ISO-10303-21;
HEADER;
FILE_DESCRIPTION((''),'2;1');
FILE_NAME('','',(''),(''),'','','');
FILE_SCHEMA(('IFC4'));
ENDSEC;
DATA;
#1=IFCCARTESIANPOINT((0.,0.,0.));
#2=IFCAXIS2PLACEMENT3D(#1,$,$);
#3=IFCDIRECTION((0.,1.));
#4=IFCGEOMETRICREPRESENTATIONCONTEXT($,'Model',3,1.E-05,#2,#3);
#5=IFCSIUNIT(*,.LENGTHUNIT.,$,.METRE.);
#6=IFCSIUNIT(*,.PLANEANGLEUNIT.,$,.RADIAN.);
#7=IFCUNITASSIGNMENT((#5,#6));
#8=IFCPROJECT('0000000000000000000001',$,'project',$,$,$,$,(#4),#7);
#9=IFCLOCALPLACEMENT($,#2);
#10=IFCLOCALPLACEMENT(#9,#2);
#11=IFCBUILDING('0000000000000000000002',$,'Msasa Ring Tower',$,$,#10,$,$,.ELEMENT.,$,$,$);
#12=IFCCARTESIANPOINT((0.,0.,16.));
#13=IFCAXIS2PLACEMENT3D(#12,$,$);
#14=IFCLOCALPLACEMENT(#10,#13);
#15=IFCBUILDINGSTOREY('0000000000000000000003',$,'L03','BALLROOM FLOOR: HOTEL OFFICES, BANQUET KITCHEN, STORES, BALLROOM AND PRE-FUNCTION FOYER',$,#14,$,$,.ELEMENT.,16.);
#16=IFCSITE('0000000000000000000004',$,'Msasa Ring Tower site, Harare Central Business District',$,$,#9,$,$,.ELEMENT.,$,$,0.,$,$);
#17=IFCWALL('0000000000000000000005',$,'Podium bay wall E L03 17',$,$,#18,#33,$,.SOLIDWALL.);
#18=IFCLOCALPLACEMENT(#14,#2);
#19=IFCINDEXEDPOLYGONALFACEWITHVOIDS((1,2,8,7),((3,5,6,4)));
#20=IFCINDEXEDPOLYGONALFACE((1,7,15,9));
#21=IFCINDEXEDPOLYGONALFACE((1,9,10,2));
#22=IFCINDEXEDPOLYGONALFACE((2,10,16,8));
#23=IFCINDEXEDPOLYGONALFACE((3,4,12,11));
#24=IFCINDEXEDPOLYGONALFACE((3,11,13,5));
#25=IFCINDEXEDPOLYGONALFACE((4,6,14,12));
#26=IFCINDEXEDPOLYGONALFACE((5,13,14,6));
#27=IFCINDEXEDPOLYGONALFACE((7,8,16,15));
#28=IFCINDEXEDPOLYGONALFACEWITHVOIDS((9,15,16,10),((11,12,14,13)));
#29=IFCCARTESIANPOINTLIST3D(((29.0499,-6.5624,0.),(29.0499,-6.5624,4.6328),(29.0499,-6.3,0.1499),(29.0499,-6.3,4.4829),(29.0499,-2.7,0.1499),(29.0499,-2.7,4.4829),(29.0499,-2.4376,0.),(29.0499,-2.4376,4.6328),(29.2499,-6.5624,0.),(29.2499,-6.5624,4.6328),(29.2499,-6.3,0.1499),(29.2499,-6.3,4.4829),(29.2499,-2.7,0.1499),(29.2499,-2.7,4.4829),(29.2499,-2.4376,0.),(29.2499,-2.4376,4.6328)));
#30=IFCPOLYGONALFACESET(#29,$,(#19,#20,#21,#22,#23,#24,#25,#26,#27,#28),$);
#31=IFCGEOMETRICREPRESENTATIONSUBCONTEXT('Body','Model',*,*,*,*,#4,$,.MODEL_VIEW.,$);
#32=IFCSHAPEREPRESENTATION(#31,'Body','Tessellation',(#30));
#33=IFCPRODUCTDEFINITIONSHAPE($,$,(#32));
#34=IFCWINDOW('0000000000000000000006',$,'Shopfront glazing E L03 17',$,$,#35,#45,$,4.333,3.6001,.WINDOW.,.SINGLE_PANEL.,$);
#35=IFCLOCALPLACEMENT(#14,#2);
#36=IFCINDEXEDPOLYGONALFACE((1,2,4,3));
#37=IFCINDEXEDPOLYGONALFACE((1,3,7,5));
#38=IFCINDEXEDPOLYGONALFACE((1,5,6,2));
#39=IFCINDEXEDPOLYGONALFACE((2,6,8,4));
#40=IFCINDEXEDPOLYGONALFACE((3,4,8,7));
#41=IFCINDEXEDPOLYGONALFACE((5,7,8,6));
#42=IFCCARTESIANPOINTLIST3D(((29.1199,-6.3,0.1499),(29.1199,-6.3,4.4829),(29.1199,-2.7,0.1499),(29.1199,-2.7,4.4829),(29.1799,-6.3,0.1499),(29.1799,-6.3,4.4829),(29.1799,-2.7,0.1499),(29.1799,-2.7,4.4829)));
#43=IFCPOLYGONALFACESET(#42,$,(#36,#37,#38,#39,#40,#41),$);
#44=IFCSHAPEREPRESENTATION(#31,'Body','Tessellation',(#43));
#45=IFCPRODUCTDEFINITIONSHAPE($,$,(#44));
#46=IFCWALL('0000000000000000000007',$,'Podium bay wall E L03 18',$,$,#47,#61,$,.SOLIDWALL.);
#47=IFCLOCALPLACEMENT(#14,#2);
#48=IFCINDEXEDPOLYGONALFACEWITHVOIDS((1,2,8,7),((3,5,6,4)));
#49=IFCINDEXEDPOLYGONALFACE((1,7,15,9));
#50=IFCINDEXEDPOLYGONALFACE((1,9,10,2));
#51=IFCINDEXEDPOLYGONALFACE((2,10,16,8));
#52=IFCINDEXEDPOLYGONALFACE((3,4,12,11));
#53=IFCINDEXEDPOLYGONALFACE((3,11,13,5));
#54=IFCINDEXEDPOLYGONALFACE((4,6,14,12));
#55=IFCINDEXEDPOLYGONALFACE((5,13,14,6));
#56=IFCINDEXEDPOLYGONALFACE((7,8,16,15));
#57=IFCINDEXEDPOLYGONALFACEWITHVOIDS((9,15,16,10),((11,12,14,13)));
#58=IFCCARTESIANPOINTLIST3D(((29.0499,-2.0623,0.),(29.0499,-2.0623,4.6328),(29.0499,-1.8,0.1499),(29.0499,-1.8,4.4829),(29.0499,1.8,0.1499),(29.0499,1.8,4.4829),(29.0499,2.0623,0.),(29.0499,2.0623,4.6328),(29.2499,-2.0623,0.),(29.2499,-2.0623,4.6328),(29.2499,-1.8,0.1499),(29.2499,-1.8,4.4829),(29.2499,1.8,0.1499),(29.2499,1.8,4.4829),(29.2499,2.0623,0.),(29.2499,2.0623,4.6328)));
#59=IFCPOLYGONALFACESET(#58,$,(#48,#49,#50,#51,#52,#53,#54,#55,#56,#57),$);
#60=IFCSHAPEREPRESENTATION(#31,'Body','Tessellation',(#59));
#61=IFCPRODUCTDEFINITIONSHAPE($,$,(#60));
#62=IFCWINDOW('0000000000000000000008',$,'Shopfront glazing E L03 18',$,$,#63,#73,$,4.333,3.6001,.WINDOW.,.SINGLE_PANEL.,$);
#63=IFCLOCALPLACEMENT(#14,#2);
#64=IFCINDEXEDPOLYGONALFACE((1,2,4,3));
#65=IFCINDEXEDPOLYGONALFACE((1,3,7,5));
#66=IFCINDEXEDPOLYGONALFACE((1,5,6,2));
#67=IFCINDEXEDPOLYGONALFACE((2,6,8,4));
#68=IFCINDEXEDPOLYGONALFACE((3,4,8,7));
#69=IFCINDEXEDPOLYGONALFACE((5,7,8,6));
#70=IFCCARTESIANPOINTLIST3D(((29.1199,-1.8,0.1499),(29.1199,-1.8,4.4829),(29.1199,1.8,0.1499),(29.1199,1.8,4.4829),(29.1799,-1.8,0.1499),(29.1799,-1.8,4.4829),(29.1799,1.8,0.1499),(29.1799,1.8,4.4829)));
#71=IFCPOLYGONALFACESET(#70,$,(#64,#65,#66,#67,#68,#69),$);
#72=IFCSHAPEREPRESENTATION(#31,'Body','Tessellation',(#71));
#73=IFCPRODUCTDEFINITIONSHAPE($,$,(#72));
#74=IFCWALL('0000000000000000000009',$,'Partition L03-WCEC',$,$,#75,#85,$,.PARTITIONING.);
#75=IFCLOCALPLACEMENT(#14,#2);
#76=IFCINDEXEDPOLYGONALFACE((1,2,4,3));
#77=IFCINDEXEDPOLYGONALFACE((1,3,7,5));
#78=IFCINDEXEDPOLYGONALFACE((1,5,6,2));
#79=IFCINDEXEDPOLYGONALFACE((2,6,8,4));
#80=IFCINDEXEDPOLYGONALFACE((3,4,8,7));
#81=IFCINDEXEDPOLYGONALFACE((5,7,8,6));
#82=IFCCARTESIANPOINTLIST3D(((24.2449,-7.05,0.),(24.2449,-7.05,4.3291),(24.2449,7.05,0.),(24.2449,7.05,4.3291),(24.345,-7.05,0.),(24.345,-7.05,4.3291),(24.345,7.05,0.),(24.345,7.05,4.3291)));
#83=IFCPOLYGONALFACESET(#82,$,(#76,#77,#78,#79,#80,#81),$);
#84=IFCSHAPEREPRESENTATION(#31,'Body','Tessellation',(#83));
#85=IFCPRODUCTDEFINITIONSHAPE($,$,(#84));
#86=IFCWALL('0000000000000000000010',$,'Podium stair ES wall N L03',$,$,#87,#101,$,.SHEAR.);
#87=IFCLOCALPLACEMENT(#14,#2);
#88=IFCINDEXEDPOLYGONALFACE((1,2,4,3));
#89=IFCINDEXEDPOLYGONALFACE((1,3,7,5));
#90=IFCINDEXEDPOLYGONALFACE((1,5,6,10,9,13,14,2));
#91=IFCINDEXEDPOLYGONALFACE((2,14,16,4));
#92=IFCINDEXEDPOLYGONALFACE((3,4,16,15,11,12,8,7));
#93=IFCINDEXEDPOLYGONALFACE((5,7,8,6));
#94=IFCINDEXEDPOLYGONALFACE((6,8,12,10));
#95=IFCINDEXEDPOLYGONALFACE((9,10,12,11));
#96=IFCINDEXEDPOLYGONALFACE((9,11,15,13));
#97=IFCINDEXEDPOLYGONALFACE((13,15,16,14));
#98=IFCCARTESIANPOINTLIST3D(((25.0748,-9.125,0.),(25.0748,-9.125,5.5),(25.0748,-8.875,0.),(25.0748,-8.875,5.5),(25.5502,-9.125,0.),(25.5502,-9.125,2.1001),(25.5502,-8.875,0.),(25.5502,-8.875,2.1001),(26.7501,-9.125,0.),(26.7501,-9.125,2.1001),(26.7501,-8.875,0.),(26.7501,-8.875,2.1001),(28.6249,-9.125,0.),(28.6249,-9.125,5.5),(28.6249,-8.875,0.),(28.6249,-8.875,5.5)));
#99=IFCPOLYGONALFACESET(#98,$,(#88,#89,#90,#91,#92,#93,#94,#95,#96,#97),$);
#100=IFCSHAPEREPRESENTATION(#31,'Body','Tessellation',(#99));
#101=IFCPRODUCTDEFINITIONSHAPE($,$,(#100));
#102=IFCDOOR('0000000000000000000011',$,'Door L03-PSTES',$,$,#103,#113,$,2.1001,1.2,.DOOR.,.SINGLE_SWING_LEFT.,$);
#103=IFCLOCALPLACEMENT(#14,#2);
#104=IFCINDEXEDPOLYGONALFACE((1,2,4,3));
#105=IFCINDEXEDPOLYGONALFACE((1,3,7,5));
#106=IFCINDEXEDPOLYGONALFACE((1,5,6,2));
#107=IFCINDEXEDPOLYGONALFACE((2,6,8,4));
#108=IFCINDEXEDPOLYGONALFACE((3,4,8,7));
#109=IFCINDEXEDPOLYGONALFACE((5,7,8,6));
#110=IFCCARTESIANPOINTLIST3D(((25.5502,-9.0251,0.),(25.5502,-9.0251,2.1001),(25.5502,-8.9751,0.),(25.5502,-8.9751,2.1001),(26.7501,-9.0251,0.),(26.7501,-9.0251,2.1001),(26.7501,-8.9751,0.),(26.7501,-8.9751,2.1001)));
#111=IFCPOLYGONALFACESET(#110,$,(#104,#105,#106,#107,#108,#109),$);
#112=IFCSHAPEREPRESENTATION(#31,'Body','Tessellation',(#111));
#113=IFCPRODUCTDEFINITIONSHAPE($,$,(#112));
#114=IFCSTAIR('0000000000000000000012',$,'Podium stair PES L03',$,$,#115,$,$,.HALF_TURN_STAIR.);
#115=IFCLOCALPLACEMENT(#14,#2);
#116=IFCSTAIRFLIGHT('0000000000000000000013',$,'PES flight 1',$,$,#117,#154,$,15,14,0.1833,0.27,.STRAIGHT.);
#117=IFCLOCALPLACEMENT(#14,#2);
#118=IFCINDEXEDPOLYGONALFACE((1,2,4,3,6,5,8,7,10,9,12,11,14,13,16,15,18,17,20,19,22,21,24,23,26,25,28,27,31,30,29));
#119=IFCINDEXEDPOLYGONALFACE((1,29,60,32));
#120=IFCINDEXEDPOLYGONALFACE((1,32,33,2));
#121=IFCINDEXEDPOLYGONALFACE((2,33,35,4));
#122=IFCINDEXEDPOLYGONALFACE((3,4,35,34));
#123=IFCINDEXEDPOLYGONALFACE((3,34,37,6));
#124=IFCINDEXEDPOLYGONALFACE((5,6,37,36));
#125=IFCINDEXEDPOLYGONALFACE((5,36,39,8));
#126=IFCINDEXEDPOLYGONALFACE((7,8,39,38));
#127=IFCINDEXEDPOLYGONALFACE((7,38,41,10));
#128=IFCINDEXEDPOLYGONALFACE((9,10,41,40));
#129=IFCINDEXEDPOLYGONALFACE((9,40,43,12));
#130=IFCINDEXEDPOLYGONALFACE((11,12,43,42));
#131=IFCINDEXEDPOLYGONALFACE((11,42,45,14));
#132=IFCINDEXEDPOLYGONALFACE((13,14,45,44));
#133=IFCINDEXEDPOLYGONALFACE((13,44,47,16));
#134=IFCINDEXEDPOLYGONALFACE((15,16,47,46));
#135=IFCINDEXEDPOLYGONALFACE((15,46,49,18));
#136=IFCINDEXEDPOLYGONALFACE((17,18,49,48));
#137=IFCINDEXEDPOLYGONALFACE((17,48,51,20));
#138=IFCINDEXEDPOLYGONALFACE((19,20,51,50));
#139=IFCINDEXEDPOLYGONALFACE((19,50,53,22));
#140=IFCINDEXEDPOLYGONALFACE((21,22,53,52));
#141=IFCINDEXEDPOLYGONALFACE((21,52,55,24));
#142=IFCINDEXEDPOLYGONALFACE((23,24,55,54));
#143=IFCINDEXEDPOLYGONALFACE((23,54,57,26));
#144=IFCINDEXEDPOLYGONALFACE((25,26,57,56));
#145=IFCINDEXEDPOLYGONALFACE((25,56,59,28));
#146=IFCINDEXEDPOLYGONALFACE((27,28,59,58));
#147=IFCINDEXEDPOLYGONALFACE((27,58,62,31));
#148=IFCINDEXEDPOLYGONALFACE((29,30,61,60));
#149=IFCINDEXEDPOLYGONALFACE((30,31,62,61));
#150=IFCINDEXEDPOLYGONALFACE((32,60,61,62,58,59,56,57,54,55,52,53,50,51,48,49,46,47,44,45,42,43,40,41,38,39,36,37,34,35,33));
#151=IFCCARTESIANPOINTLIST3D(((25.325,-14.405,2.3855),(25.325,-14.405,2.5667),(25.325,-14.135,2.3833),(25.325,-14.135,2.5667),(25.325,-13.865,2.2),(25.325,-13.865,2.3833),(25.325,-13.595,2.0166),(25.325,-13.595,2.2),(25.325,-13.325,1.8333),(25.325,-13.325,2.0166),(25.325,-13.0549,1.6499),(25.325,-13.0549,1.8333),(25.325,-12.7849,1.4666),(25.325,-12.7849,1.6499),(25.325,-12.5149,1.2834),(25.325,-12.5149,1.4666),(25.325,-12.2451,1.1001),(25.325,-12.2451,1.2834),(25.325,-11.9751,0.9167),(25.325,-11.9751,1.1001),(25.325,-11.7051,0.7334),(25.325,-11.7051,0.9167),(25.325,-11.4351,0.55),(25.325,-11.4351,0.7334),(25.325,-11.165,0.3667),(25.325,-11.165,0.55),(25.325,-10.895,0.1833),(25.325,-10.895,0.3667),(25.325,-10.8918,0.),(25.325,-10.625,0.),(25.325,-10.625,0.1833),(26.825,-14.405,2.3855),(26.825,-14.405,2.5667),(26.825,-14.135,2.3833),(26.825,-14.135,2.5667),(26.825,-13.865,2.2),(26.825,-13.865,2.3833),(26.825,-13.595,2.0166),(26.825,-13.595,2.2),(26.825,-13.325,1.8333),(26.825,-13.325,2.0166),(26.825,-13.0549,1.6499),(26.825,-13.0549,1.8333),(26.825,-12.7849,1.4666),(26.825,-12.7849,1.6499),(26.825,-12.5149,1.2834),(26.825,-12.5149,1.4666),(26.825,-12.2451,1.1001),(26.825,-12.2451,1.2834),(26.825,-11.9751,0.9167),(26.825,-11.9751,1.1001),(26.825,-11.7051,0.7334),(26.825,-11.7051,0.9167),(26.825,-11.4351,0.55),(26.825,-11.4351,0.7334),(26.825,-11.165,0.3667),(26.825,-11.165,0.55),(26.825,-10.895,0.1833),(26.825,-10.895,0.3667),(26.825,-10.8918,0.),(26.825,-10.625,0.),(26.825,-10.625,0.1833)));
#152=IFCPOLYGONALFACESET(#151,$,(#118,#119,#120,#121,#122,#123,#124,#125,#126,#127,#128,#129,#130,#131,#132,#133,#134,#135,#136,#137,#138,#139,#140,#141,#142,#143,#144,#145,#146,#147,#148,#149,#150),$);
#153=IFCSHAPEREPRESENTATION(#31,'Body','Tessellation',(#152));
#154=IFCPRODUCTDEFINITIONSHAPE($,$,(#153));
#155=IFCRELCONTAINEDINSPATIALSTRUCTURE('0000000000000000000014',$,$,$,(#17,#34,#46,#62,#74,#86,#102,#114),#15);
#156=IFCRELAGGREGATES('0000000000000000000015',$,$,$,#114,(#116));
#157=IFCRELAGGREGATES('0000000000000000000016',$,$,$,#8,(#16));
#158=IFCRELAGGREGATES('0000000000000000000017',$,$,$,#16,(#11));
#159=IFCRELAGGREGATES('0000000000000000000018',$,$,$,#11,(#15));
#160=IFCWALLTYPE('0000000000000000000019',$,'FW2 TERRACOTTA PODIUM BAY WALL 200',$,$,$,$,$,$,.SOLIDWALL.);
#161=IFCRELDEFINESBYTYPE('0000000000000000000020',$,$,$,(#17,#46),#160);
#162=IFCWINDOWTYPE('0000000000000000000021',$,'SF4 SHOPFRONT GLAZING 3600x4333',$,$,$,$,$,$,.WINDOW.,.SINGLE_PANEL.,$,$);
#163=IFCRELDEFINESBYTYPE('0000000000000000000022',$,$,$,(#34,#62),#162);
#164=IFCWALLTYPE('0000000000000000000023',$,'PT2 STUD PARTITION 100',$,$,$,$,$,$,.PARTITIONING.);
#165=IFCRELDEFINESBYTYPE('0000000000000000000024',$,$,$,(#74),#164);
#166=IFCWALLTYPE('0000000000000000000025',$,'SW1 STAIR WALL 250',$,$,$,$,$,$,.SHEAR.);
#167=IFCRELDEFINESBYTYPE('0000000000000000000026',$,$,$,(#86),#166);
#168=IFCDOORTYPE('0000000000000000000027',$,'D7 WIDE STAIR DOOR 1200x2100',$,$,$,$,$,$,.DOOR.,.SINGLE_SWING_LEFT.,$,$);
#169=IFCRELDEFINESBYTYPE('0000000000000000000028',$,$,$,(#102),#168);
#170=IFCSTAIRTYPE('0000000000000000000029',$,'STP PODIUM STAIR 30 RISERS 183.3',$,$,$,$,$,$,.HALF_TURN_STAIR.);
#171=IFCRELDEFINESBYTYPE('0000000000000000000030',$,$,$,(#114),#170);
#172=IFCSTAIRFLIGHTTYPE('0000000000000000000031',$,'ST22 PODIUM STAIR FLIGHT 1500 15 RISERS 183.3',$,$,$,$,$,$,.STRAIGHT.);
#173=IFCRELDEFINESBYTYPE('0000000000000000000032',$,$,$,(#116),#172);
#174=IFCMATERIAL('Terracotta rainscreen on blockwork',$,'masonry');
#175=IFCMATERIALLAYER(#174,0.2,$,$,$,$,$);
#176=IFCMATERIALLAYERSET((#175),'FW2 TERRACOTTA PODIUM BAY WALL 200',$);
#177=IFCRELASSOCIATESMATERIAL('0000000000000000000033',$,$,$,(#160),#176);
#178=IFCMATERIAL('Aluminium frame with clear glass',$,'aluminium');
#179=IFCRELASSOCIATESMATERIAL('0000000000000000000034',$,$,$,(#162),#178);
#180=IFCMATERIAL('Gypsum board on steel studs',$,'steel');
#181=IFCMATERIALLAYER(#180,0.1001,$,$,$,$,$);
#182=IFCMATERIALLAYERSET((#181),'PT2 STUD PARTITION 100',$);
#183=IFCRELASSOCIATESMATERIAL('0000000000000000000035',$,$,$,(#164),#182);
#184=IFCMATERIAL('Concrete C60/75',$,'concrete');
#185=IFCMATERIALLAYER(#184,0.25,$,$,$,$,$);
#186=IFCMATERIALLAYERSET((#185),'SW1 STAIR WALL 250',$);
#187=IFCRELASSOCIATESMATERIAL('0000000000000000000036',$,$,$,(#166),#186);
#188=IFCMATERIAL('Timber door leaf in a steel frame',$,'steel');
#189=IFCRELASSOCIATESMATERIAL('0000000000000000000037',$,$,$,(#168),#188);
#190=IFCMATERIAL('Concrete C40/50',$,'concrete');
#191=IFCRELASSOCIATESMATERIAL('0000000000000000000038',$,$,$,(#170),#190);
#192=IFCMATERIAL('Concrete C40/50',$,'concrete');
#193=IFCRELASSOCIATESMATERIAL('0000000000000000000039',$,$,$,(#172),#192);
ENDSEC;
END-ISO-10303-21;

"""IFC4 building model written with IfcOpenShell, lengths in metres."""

from ifc_helpers import new_model, si_unit, direction, frame, frame_2d, origin, place, context, subcontext, project, spatial, polyline, rectangle, outline, extrude, material, layer, layer_set, type_object, element, fill, aggregate, save


model = new_model("IFC4")

# Units and contexts
model_context = context("Model", 3, precision=1e-05, world=origin(), true_north=direction((0.0, 1.0)))
body_context = subcontext(model_context, "Body", "Model", "MODEL_VIEW")
ifc_project = project(units=[si_unit("LENGTHUNIT", "METRE"), si_unit("PLANEANGLEUNIT", "RADIAN")], contexts=[model_context])

# Site, building, storey
site_placement = place(None, origin())
site = spatial("IfcSite", under=ifc_project, at=site_placement, Name="Msasa Ring Tower site, Harare Central Business District", CompositionType="ELEMENT", RefElevation=0.0)
building_placement = place(site_placement, origin())
building = spatial("IfcBuilding", under=site, at=building_placement, Name="Msasa Ring Tower", CompositionType="ELEMENT")
storey_placement = place(building_placement, frame((0.0, 0.0, 16.0)))
storey = spatial("IfcBuildingStorey", under=building, at=storey_placement, Name="L03", Description="BALLROOM FLOOR: HOTEL OFFICES, BANQUET KITCHEN, STORES, BALLROOM AND PRE-FUNCTION FOYER", CompositionType="ELEMENT", Elevation=16.0)

# Walls, openings, windows
ifc_material_1 = material(Name="Terracotta rainscreen on blockwork", Category="masonry")
ifc_layer_1 = layer(ifc_material_1, 0.2)
ifc_layer_set_1 = layer_set([ifc_layer_1], Name="FW2 TERRACOTTA PODIUM BAY WALL 200")
wall_type_1 = type_object("IfcWallType", Name="FW2 TERRACOTTA PODIUM BAY WALL 200", PredefinedType="SOLIDWALL", material=ifc_layer_set_1)
ifc_material_2 = material(Name="Aluminium frame with clear glass", Category="aluminium")
window_type = type_object("IfcWindowType", Name="SF4 SHOPFRONT GLAZING 3600x4333", PartitioningType="SINGLE_PANEL", PredefinedType="WINDOW", material=ifc_material_2)
wall_1_placement = place(storey_placement, frame((29.1499, -6.5625, 0.0), z_axis=(0.0, 0.0, 1.0), x_axis=(0.0, 1.0, 0.0)))
wall_1 = element("IfcWall", 1, at=wall_1_placement, inside=storey, type_object=wall_type_1, Name="Podium bay wall E L03 17", PredefinedType="SOLIDWALL", context=body_context, shape_type="SweptSolid", body=[
    extrude(rectangle(XDim=4.1248, YDim=0.2, at=frame_2d((2.0625, 0.0))), origin(), (0.0, 0.0, 1.0), 4.6328),
])
opening_1_placement = place(wall_1_placement, frame((0.2625, 0.0, 0.1499)))
opening_1 = element("IfcOpeningElement", 2, at=opening_1_placement, cuts=wall_1, PredefinedType="OPENING", context=body_context, shape_type="SweptSolid", body=[
    extrude(rectangle(XDim=3.6001, YDim=4.333, at=frame_2d((1.8, 2.1665))), frame((0.0, 0.1099, 0.0), z_axis=(0.0, -1.0, 0.0), x_axis=(1.0, 0.0, 0.0)), (0.0, 0.0, 1.0), 0.22),
])
window_1_placement = place(opening_1_placement, origin())
window_1 = element("IfcWindow", 3, at=window_1_placement, inside=storey, type_object=window_type, Name="Shopfront glazing E L03 17", OverallHeight=4.333, OverallWidth=3.6001, PartitioningType="SINGLE_PANEL", PredefinedType="WINDOW", context=body_context, shape_type="SweptSolid", body=[
    extrude(rectangle(XDim=3.6001, YDim=4.333, at=frame_2d((1.8, 2.1665))), frame((0.0, 0.03, 0.0), z_axis=(0.0, -1.0, 0.0), x_axis=(1.0, 0.0, 0.0)), (0.0, 0.0, 1.0), 0.0601),
])
fill(opening_1, window_1)
wall_2_placement = place(storey_placement, frame((29.1499, -2.0623, 0.0), z_axis=(0.0, 0.0, 1.0), x_axis=(0.0, 1.0, 0.0)))
wall_2 = element("IfcWall", 4, at=wall_2_placement, inside=storey, type_object=wall_type_1, Name="Podium bay wall E L03 18", PredefinedType="SOLIDWALL", context=body_context, shape_type="SweptSolid", body=[
    extrude(rectangle(XDim=4.1245, YDim=0.2, at=frame_2d((2.0623, 0.0))), origin(), (0.0, 0.0, 1.0), 4.6328),
])
opening_2_placement = place(wall_2_placement, frame((0.2622, 0.0, 0.1499)))
opening_2 = element("IfcOpeningElement", 5, at=opening_2_placement, cuts=wall_2, PredefinedType="OPENING", context=body_context, shape_type="SweptSolid", body=[
    extrude(rectangle(XDim=3.6001, YDim=4.333, at=frame_2d((1.8, 2.1665))), frame((0.0, 0.1099, 0.0), z_axis=(0.0, -1.0, 0.0), x_axis=(1.0, 0.0, 0.0)), (0.0, 0.0, 1.0), 0.22),
])
window_2_placement = place(opening_2_placement, origin())
window_2 = element("IfcWindow", 6, at=window_2_placement, inside=storey, type_object=window_type, Name="Shopfront glazing E L03 18", OverallHeight=4.333, OverallWidth=3.6001, PartitioningType="SINGLE_PANEL", PredefinedType="WINDOW", context=body_context, shape_type="SweptSolid", body=[
    extrude(rectangle(XDim=3.6001, YDim=4.333, at=frame_2d((1.8, 2.1665))), frame((0.0, 0.03, 0.0), z_axis=(0.0, -1.0, 0.0), x_axis=(1.0, 0.0, 0.0)), (0.0, 0.0, 1.0), 0.0601),
])
fill(opening_2, window_2)

# Wall
ifc_material_3 = material(Name="Gypsum board on steel studs", Category="steel")
ifc_layer_2 = layer(ifc_material_3, 0.1001)
ifc_layer_set_2 = layer_set([ifc_layer_2], Name="PT2 STUD PARTITION 100")
wall_type_2 = type_object("IfcWallType", Name="PT2 STUD PARTITION 100", PredefinedType="PARTITIONING", material=ifc_layer_set_2)
wall_3_placement = place(storey_placement, frame((24.2949, -7.05, 0.0), z_axis=(0.0, 0.0, 1.0), x_axis=(0.0, 1.0, 0.0)))
element("IfcWall", 7, at=wall_3_placement, inside=storey, type_object=wall_type_2, Name="Partition L03-WCEC", PredefinedType="PARTITIONING", context=body_context, shape_type="SweptSolid", body=[
    extrude(rectangle(XDim=14.1001, YDim=0.1001, at=frame_2d((7.05, 0.0))), origin(), (0.0, 0.0, 1.0), 4.3291),
])

# Wall, opening, door
ifc_material_4 = material(Name="Concrete C60/75", Category="concrete")
ifc_layer_3 = layer(ifc_material_4, 0.25)
ifc_layer_set_3 = layer_set([ifc_layer_3], Name="SW1 STAIR WALL 250")
wall_type_3 = type_object("IfcWallType", Name="SW1 STAIR WALL 250", PredefinedType="SHEAR", material=ifc_layer_set_3)
wall_4_placement = place(storey_placement, frame((25.075, -9.0, 0.0), z_axis=(0.0, 0.0, 1.0), x_axis=(1.0, 0.0, 0.0)))
wall_4 = element("IfcWall", 8, at=wall_4_placement, inside=storey, type_object=wall_type_3, Name="Podium stair ES wall N L03", PredefinedType="SHEAR", context=body_context, shape_type="SweptSolid", body=[
    extrude(rectangle(XDim=3.55, YDim=0.25, at=frame_2d((1.7749, 0.0))), origin(), (0.0, 0.0, 1.0), 5.5),
])
opening_3_placement = place(wall_4_placement, frame((0.4751, 0.0, 0.0)))
opening_3 = element("IfcOpeningElement", 9, at=opening_3_placement, cuts=wall_4, PredefinedType="OPENING", context=body_context, shape_type="SweptSolid", body=[
    extrude(rectangle(XDim=1.2, YDim=2.1001, at=frame_2d((0.6001, 1.05))), frame((0.0, 0.135, 0.0), z_axis=(0.0, -1.0, 0.0), x_axis=(1.0, 0.0, 0.0)), (0.0, 0.0, 1.0), 0.27),
])
ifc_material_5 = material(Name="Timber door leaf in a steel frame", Category="steel")
door_type = type_object("IfcDoorType", Name="D7 WIDE STAIR DOOR 1200x2100", OperationType="SINGLE_SWING_LEFT", PredefinedType="DOOR", material=ifc_material_5)
door_placement = place(opening_3_placement, origin())
door = element("IfcDoor", 10, at=door_placement, inside=storey, type_object=door_type, Name="Door L03-PSTES", OperationType="SINGLE_SWING_LEFT", OverallHeight=2.1001, OverallWidth=1.2, PredefinedType="DOOR", context=body_context, shape_type="SweptSolid", body=[
    extrude(rectangle(XDim=1.2, YDim=2.1001, at=frame_2d((0.6001, 1.05))), frame((0.0, 0.0249, 0.0), z_axis=(0.0, -1.0, 0.0), x_axis=(1.0, 0.0, 0.0)), (0.0, 0.0, 1.0), 0.05),
])
fill(opening_3, door)

# Stair, stair flight
ifc_material_6 = material(Name="Concrete C40/50", Category="concrete")
stair_type = type_object("IfcStairType", Name="STP PODIUM STAIR 30 RISERS 183.3", PredefinedType="HALF_TURN_STAIR", material=ifc_material_6)
stair_placement = place(storey_placement, origin())
stair = element("IfcStair", 11, at=stair_placement, inside=storey, type_object=stair_type, Name="Podium stair PES L03", PredefinedType="HALF_TURN_STAIR")
ifc_material_7 = material(Name="Concrete C40/50", Category="concrete")
stair_flight_type = type_object("IfcStairFlightType", Name="ST22 PODIUM STAIR FLIGHT 1500 15 RISERS 183.3", PredefinedType="STRAIGHT", material=ifc_material_7)
stair_flight_placement = place(storey_placement, frame((26.075, -10.625, 0.0), z_axis=(0.0, 0.0, 1.0), x_axis=(0.0, -1.0, 0.0)))
stair_flight = element("IfcStairFlight", 12, at=stair_flight_placement, type_object=stair_flight_type, Name="PES flight 1", NumberOfRisers=15, NumberOfTreads=14, PredefinedType="STRAIGHT", RiserHeight=0.1833, TreadLength=0.27, context=body_context, shape_type="SweptSolid", body=[
    extrude(outline(polyline([(0.0, 0.0), (0.0, 0.1833), (0.27, 0.1833), (0.27, 0.3667), (0.54, 0.3667), (0.54, 0.55), (0.8101, 0.55), (0.8101, 0.7334), (1.0801, 0.7334), (1.0801, 0.9167), (1.3501, 0.9167), (1.3501, 1.1001), (1.6201, 1.1001), (1.6201, 1.2834), (1.8899, 1.2834), (1.8899, 1.4666), (2.1599, 1.4666), (2.1599, 1.6499), (2.4299, 1.6499), (2.4299, 1.8333), (2.7, 1.8333), (2.7, 2.0166), (2.97, 2.0166), (2.97, 2.2), (3.24, 2.2), (3.24, 2.3833), (3.51, 2.3833), (3.51, 2.5667), (3.78, 2.5667), (3.78, 2.75), (3.78, 2.3855), (0.2668, 0.0), (0.0, 0.0)])), frame((0.0, 0.75, 0.0), z_axis=(0.0, -1.0, 0.0), x_axis=(1.0, 0.0, 0.0)), (0.0, 0.0, 1.0), 1.5),
])
aggregate(stair, [stair_flight])

save(model, "model.ifc")
